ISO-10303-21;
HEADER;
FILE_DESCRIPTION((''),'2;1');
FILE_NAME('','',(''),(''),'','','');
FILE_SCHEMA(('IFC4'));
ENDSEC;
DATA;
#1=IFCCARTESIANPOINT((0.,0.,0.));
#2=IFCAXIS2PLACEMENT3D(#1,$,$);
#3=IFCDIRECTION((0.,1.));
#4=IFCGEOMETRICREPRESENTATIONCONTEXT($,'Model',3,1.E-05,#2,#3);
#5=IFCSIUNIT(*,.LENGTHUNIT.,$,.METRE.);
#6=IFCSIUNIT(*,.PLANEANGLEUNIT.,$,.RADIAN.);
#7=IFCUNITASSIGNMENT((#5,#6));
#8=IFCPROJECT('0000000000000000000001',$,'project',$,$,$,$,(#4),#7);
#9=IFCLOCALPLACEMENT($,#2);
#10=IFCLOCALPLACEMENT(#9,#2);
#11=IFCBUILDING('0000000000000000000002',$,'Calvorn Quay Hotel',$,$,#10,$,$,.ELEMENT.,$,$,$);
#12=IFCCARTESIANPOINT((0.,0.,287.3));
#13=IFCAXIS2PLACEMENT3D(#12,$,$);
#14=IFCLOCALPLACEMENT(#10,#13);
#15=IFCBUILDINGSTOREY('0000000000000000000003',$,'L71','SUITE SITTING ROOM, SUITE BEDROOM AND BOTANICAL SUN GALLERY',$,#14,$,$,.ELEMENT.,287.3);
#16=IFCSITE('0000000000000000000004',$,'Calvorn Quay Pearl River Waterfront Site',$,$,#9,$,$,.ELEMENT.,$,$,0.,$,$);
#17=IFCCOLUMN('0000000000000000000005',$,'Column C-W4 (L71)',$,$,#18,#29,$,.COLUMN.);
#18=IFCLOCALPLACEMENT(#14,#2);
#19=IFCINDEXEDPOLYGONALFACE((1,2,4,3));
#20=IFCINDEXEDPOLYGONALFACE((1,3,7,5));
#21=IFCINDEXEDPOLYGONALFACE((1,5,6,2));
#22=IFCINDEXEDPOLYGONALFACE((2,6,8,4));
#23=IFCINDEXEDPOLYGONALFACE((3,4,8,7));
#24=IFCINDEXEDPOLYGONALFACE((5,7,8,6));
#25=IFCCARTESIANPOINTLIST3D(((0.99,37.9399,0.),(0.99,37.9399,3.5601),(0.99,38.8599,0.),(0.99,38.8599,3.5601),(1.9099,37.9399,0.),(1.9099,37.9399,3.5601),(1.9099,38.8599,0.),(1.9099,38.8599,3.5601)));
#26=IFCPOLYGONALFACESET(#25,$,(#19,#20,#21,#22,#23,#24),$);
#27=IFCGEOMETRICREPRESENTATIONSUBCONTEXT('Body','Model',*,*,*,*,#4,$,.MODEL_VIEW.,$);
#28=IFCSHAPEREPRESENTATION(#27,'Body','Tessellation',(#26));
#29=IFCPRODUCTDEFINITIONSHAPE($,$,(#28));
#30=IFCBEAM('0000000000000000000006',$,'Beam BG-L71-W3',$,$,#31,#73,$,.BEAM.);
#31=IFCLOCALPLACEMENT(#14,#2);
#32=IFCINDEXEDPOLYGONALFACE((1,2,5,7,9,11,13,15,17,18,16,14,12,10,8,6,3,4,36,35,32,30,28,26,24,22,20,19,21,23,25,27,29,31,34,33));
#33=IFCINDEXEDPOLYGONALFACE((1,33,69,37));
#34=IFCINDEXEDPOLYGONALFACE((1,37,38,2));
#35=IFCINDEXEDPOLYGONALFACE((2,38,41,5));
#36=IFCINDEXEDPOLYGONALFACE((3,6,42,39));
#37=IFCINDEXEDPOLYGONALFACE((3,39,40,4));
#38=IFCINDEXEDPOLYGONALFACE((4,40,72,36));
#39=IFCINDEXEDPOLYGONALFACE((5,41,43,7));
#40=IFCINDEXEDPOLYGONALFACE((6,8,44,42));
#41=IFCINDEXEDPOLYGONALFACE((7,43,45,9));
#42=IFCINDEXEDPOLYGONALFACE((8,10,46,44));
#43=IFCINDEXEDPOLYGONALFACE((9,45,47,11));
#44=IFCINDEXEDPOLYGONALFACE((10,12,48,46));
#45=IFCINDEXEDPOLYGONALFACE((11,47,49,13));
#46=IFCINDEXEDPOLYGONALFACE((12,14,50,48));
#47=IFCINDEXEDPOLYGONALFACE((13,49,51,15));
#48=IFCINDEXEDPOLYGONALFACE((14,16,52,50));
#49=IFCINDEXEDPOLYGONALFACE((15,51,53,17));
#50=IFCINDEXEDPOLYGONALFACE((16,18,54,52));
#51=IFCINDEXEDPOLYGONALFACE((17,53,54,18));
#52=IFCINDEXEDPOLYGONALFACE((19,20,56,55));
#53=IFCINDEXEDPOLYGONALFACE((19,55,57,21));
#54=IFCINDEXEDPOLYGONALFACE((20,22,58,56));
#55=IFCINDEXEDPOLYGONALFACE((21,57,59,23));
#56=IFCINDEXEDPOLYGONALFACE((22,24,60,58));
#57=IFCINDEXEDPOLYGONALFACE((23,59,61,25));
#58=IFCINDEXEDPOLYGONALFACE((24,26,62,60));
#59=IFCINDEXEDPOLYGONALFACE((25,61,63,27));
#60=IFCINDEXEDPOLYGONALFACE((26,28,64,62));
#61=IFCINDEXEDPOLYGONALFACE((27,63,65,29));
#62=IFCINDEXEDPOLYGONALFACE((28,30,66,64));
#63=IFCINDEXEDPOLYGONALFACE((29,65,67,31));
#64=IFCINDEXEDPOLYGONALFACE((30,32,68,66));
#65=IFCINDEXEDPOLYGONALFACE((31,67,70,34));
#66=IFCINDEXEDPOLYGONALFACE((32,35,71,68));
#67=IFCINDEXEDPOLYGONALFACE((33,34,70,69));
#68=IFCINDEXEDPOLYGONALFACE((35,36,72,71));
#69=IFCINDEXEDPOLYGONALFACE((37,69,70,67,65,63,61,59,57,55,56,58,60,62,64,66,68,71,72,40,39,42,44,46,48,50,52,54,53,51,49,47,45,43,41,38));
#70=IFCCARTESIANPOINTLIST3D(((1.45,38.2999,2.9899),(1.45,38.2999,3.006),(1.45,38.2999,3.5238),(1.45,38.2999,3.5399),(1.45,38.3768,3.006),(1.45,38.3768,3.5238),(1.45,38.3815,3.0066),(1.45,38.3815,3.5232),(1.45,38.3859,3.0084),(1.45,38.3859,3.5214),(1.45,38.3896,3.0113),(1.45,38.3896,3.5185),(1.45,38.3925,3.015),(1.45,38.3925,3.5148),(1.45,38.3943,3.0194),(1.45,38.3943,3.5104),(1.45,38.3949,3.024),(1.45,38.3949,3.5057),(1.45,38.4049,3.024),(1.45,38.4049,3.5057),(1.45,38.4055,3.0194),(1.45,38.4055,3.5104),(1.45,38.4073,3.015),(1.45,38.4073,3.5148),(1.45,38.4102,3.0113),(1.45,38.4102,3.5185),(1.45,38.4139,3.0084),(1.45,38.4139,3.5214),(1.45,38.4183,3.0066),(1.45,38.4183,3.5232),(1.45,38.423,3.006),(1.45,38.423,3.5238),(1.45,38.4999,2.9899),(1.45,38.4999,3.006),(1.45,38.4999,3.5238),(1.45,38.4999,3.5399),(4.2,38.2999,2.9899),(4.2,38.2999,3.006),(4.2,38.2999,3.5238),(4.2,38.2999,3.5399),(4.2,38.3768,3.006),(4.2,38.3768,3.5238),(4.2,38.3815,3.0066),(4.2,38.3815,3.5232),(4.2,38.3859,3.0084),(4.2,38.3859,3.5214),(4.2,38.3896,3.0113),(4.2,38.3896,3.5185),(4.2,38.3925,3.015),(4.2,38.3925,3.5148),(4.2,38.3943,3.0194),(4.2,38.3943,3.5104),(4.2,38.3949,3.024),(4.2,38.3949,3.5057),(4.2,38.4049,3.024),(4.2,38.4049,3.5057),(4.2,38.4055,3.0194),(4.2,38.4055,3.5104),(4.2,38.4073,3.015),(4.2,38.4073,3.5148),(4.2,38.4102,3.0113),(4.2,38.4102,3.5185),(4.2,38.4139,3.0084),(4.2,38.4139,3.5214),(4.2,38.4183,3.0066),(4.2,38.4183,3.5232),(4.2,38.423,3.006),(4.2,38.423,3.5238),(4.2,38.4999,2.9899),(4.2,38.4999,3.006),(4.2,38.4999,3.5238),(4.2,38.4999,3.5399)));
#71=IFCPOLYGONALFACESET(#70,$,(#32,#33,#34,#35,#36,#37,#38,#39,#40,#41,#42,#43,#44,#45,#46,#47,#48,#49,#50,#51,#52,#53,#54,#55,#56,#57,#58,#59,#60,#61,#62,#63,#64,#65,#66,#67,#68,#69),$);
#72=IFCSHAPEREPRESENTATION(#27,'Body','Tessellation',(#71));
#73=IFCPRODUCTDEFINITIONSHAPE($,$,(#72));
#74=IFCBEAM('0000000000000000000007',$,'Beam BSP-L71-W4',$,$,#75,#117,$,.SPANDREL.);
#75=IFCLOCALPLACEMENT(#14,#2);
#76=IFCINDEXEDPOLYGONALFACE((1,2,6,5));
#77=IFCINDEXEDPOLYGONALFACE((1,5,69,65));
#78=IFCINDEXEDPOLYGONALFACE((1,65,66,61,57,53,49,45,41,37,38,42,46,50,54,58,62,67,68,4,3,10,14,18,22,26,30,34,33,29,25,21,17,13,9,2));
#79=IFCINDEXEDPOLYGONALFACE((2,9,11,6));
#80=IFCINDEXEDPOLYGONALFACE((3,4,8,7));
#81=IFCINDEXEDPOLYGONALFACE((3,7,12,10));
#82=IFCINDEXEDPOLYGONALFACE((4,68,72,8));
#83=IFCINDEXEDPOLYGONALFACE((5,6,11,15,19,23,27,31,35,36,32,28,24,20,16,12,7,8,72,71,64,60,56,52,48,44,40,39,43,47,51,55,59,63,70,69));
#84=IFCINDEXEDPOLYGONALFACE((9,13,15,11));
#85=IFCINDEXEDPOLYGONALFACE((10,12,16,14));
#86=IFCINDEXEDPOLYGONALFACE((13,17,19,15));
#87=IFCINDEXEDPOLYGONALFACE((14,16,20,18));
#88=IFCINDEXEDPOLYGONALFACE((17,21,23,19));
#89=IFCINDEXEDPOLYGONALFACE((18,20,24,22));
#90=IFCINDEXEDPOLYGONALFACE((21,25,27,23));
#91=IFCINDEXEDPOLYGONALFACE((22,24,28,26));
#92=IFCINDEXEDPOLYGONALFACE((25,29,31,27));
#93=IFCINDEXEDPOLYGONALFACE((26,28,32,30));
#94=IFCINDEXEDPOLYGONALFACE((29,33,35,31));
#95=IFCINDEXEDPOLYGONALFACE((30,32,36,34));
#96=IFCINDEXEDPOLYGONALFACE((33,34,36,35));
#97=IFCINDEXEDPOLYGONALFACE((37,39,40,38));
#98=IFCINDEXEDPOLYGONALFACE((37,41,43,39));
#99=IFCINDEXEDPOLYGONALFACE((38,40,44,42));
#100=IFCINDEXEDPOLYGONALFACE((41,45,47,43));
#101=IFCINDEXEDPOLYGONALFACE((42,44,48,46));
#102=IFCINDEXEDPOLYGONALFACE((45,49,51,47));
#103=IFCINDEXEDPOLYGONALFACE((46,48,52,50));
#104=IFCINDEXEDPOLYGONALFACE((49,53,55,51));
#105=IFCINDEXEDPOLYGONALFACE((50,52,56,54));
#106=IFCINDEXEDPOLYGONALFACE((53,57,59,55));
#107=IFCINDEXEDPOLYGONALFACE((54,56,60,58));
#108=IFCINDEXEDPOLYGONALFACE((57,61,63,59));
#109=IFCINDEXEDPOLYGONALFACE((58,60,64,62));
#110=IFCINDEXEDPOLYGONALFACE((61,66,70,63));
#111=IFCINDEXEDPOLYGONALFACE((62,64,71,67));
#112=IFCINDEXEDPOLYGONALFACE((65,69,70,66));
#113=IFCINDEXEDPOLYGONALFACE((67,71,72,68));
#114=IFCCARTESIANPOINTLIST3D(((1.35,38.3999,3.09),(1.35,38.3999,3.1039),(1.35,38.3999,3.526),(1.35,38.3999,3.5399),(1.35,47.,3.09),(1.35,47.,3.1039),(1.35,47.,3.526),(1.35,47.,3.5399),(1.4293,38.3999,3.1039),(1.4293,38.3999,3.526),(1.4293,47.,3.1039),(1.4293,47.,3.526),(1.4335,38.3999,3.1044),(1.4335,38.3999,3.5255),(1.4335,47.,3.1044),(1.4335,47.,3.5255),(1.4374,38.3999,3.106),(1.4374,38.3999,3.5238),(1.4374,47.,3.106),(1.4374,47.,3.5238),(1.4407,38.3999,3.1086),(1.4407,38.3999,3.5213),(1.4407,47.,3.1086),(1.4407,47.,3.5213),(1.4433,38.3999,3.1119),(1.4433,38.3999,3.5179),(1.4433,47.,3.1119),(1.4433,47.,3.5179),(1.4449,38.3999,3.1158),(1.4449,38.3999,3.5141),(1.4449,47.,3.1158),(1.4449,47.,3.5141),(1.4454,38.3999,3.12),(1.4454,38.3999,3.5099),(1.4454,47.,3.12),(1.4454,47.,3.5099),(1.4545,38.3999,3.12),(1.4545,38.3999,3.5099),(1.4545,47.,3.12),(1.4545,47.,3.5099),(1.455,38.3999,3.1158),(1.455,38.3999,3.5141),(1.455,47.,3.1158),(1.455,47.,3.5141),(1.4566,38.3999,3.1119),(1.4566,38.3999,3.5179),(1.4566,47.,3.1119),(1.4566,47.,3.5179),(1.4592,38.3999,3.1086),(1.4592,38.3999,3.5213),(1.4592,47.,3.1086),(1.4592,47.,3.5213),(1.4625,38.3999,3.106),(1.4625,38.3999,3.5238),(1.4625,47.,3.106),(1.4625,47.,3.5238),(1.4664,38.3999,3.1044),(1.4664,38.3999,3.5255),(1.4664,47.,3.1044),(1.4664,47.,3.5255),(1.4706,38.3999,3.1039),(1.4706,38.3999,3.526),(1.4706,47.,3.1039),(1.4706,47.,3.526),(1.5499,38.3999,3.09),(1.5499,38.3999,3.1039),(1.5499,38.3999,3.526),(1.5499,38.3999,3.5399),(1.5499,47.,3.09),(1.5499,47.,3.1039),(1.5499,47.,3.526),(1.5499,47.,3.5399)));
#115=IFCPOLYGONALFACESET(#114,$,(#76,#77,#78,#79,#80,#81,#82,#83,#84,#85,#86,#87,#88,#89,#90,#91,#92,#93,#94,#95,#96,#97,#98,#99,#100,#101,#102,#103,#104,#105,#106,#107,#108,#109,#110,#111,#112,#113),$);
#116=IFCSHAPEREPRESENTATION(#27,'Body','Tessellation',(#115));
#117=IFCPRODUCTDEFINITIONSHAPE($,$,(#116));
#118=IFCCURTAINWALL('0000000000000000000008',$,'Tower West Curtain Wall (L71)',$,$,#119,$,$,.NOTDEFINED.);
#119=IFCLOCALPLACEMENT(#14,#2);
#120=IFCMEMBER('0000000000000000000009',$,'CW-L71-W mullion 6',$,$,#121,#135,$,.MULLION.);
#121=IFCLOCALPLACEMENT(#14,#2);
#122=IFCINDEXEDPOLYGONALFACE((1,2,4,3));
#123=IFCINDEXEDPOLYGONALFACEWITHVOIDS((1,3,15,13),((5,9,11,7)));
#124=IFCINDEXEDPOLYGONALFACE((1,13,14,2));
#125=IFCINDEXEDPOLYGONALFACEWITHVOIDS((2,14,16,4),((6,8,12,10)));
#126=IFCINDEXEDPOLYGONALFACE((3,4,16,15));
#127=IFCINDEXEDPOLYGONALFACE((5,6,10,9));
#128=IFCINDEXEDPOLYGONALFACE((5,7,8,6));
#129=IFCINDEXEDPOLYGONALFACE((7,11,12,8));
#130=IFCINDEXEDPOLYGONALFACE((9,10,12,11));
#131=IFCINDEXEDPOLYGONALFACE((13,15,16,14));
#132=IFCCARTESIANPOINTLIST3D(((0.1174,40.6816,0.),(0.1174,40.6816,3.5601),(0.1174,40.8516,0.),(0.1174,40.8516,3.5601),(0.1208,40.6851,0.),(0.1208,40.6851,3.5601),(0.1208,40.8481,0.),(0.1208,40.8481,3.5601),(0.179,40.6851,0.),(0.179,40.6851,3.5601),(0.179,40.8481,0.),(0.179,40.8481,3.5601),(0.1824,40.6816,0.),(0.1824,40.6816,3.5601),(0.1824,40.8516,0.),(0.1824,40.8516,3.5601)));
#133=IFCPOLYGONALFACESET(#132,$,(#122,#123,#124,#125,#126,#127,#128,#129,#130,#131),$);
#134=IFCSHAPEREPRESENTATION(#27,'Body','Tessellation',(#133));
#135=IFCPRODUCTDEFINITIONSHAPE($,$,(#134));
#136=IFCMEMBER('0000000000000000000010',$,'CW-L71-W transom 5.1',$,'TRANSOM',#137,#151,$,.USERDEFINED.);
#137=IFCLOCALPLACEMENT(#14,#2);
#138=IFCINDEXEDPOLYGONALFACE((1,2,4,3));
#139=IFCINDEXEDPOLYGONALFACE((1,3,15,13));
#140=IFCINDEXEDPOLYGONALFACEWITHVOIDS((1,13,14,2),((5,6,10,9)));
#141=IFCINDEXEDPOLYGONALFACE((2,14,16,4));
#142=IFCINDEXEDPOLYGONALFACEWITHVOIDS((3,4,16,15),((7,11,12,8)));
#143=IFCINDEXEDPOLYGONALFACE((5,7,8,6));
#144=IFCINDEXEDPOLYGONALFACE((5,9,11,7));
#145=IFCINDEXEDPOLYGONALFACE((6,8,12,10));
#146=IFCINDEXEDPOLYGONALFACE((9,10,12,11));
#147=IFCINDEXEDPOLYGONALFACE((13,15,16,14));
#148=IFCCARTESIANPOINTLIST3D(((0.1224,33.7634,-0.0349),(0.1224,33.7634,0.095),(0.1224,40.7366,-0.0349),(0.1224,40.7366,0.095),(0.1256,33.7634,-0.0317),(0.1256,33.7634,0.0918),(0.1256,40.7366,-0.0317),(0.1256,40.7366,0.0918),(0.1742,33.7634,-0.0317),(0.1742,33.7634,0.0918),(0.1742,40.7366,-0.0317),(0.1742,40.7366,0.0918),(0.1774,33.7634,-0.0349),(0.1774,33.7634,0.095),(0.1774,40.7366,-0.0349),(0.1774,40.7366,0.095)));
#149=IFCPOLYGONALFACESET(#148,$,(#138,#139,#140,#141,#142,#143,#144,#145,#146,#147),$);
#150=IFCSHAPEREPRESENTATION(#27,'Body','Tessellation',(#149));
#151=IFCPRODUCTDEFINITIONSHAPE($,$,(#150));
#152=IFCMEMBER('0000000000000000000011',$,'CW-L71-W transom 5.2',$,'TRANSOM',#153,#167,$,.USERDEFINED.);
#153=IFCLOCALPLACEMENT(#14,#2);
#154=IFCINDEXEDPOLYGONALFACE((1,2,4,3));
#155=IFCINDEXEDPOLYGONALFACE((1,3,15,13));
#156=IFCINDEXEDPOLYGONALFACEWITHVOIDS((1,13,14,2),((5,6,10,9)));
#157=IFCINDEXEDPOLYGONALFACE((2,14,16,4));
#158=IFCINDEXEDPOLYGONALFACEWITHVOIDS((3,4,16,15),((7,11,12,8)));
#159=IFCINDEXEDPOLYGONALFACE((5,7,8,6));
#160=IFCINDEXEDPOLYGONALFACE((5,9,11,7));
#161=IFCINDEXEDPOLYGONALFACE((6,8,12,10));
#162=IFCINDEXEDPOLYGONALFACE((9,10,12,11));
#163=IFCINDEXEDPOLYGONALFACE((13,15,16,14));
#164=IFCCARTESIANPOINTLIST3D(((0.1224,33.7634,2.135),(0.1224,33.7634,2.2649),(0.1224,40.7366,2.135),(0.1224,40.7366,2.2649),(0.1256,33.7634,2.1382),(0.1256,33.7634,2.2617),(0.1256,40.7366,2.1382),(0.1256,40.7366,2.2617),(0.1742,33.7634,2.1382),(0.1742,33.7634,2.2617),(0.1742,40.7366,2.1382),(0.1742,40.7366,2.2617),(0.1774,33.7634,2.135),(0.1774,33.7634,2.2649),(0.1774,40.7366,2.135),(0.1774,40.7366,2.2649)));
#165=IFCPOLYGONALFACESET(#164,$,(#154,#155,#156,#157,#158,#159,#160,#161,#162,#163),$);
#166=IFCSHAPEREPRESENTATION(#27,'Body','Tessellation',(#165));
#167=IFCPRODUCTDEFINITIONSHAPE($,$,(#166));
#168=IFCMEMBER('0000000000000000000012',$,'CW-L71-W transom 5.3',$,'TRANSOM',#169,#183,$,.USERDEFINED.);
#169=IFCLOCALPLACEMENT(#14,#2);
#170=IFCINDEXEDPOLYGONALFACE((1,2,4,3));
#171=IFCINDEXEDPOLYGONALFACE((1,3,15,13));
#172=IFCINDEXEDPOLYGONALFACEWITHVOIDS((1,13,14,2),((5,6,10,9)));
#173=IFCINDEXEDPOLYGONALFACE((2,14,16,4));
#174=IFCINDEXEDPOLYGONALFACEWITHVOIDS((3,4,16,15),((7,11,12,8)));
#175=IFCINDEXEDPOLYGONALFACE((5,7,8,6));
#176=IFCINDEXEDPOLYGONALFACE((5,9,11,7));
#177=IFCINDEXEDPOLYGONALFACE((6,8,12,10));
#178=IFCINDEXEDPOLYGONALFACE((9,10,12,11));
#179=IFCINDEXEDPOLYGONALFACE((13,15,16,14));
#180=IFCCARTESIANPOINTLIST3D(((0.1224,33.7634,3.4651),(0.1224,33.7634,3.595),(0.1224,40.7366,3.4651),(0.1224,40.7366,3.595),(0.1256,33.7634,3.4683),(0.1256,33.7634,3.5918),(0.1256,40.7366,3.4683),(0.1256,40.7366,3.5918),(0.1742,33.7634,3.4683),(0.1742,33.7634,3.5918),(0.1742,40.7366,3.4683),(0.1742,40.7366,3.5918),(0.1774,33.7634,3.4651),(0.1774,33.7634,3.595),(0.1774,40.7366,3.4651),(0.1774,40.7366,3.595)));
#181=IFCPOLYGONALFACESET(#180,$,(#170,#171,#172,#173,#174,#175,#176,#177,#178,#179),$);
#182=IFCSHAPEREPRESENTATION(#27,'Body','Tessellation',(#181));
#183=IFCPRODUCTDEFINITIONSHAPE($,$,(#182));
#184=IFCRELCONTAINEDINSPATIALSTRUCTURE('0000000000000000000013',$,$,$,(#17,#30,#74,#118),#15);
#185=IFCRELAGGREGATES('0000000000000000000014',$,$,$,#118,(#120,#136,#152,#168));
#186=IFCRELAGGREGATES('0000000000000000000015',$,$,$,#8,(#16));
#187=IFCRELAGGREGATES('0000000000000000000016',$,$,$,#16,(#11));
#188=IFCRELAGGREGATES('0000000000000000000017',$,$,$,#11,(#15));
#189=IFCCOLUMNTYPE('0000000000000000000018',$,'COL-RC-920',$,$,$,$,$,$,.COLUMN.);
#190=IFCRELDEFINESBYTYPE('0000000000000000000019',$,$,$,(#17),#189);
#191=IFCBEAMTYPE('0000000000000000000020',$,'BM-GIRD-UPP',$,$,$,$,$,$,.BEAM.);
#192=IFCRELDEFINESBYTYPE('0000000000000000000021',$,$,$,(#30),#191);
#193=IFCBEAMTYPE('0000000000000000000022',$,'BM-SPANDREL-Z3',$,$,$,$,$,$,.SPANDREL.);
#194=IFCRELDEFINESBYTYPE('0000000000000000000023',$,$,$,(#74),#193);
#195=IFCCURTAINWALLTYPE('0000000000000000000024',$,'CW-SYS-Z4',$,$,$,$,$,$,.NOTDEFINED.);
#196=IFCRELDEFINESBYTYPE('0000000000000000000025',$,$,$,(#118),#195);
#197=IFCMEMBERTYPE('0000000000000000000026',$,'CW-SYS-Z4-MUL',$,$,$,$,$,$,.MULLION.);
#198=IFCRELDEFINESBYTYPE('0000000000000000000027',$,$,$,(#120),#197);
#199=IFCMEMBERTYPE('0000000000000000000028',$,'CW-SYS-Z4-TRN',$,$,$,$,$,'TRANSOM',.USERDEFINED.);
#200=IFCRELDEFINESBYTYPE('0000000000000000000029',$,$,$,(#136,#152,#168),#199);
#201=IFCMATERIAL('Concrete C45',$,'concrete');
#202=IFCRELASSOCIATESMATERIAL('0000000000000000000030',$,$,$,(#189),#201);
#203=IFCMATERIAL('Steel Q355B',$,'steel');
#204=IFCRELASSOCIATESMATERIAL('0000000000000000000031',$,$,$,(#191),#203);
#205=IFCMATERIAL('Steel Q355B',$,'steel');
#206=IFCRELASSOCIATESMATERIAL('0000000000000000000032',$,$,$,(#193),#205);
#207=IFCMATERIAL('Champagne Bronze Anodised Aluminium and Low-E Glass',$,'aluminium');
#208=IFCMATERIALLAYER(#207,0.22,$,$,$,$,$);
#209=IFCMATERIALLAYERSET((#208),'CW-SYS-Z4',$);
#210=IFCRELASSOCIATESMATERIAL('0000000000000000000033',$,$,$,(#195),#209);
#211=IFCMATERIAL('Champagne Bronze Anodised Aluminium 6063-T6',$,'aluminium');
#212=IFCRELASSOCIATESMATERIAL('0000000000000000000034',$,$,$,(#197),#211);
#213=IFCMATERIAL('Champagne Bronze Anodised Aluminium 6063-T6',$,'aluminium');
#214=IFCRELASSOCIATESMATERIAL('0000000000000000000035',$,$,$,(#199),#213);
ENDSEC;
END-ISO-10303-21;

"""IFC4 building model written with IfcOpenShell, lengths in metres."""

from ifc_helpers import new_model, si_unit, direction, frame, origin, origin_2d, place, context, subcontext, project, spatial, rectangle, hollow_rectangle, i_section, extrude, material, layer, layer_set, material_profile, profile_set, type_object, element, aggregate, save


model = new_model("IFC4")

# Units and contexts
model_context = context("Model", 3, precision=1e-05, world=origin(), true_north=direction((0.0, 1.0)))
body_context = subcontext(model_context, "Body", "Model", "MODEL_VIEW")
ifc_project = project(units=[si_unit("LENGTHUNIT", "METRE"), si_unit("PLANEANGLEUNIT", "RADIAN")], contexts=[model_context])

# Site, building, storey
site_placement = place(None, origin())
site = spatial("IfcSite", under=ifc_project, at=site_placement, Name="Calvorn Quay Pearl River Waterfront Site", CompositionType="ELEMENT", RefElevation=0.0)
building_placement = place(site_placement, origin())
building = spatial("IfcBuilding", under=site, at=building_placement, Name="Calvorn Quay Hotel", CompositionType="ELEMENT")
storey_placement = place(building_placement, frame((0.0, 0.0, 287.3)))
storey = spatial("IfcBuildingStorey", under=building, at=storey_placement, Name="L71", Description="SUITE SITTING ROOM, SUITE BEDROOM AND BOTANICAL SUN GALLERY", CompositionType="ELEMENT", Elevation=287.3)

# Column
ifc_material_1 = material(Name="Concrete C45", Category="concrete")
ifc_material_profile_1 = material_profile(ifc_material_1, rectangle(XDim=0.9199, YDim=0.9199, at=origin_2d()), Name="RC920x920")
ifc_profile_set_1 = profile_set([ifc_material_profile_1], Name="Concrete C45")
column_type = type_object("IfcColumnType", Name="COL-RC-920", PredefinedType="COLUMN", material=ifc_profile_set_1)
column_placement = place(storey_placement, frame((1.45, 38.3999, 0.0), z_axis=(0.0, 0.0, 1.0), x_axis=(1.0, 0.0, 0.0)))
element("IfcColumn", 1, at=column_placement, inside=storey, type_object=column_type, Name="Column C-W4 (L71)", PredefinedType="COLUMN", context=body_context, shape_type="SweptSolid", body=[
    extrude(rectangle(XDim=0.9199, YDim=0.9199, at=origin_2d()), origin(), (0.0, 0.0, 1.0), 3.5601),
])

# Beams
ifc_material_2 = material(Name="Steel Q355B", Category="steel")
ifc_material_profile_2 = material_profile(ifc_material_2, i_section(OverallWidth=0.2, OverallDepth=0.55, WebThickness=0.01, FlangeThickness=0.0161, FilletRadius=0.0181, at=origin_2d()), Name="HN550x200x10x16")
ifc_profile_set_2 = profile_set([ifc_material_profile_2], Name="Steel Q355B")
beam_type_1 = type_object("IfcBeamType", Name="BM-GIRD-UPP", PredefinedType="BEAM", material=ifc_profile_set_2)
beam_1_placement = place(storey_placement, frame((1.45, 38.3999, 3.2649), z_axis=(1.0, 0.0, 0.0), x_axis=(0.0, 1.0, 0.0)))
element("IfcBeam", 2, at=beam_1_placement, inside=storey, type_object=beam_type_1, Name="Beam BG-L71-W3", PredefinedType="BEAM", context=body_context, shape_type="SweptSolid", body=[
    extrude(i_section(OverallWidth=0.2, OverallDepth=0.55, WebThickness=0.01, FlangeThickness=0.0161, FilletRadius=0.0181, at=origin_2d()), origin(), (0.0, 0.0, 1.0), 2.75),
])
ifc_material_3 = material(Name="Steel Q355B", Category="steel")
ifc_material_profile_3 = material_profile(ifc_material_3, i_section(OverallWidth=0.2, OverallDepth=0.45, WebThickness=0.009, FlangeThickness=0.0139, FilletRadius=0.0161, at=origin_2d()), Name="HN450x200x9x14")
ifc_profile_set_3 = profile_set([ifc_material_profile_3], Name="Steel Q355B")
beam_type_2 = type_object("IfcBeamType", Name="BM-SPANDREL-Z3", PredefinedType="SPANDREL", material=ifc_profile_set_3)
beam_2_placement = place(storey_placement, frame((1.45, 38.3999, 3.3149), z_axis=(0.0, 1.0, 0.0), x_axis=(-1.0, 0.0, 0.0)))
element("IfcBeam", 3, at=beam_2_placement, inside=storey, type_object=beam_type_2, Name="Beam BSP-L71-W4", PredefinedType="SPANDREL", context=body_context, shape_type="SweptSolid", body=[
    extrude(i_section(OverallWidth=0.2, OverallDepth=0.45, WebThickness=0.009, FlangeThickness=0.0139, FilletRadius=0.0161, at=origin_2d()), origin(), (0.0, 0.0, 1.0), 8.6001),
])

# Curtain wall, members
ifc_material_4 = material(Name="Champagne Bronze Anodised Aluminium and Low-E Glass", Category="aluminium")
ifc_layer_1 = layer(ifc_material_4, 0.22)
ifc_layer_set_1 = layer_set([ifc_layer_1], Name="CW-SYS-Z4")
curtain_wall_type = type_object("IfcCurtainWallType", Name="CW-SYS-Z4", PredefinedType="NOTDEFINED", material=ifc_layer_set_1)
curtain_wall_placement = place(storey_placement, origin())
curtain_wall = element("IfcCurtainWall", 4, at=curtain_wall_placement, inside=storey, type_object=curtain_wall_type, Name="Tower West Curtain Wall (L71)", PredefinedType="NOTDEFINED")
ifc_material_5 = material(Name="Champagne Bronze Anodised Aluminium 6063-T6", Category="aluminium")
ifc_material_profile_4 = material_profile(ifc_material_5, hollow_rectangle(XDim=0.0649, YDim=0.1699, WallThickness=0.0034, at=origin_2d()), Name="ALU-M170x65x3.5")
ifc_profile_set_4 = profile_set([ifc_material_profile_4], Name="Champagne Bronze Anodised Aluminium 6063-T6")
member_type_1 = type_object("IfcMemberType", Name="CW-SYS-Z4-MUL", PredefinedType="MULLION", material=ifc_profile_set_4)
member_1_placement = place(storey_placement, frame((0.1499, 40.7666, 0.0), z_axis=(0.0, 0.0, 1.0), x_axis=(-1.0, 0.0, 0.0)))
member_1 = element("IfcMember", 5, at=member_1_placement, type_object=member_type_1, Name="CW-L71-W mullion 6", PredefinedType="MULLION", context=body_context, shape_type="SweptSolid", body=[
    extrude(hollow_rectangle(XDim=0.0649, YDim=0.1699, WallThickness=0.0034, at=origin_2d()), origin(), (0.0, 0.0, 1.0), 3.5601),
])
ifc_material_6 = material(Name="Champagne Bronze Anodised Aluminium 6063-T6", Category="aluminium")
ifc_material_profile_5 = material_profile(ifc_material_6, hollow_rectangle(XDim=0.0549, YDim=0.1299, WallThickness=0.0032, at=origin_2d()), Name="ALU-T130x55x3.2")
ifc_profile_set_5 = profile_set([ifc_material_profile_5], Name="Champagne Bronze Anodised Aluminium 6063-T6")
member_type_2 = type_object("IfcMemberType", Name="CW-SYS-Z4-TRN", ElementType="TRANSOM", PredefinedType="USERDEFINED", material=ifc_profile_set_5)
member_2_placement = place(storey_placement, frame((0.1499, 33.7634, 0.03), z_axis=(0.0, 1.0, 0.0), x_axis=(-1.0, 0.0, 0.0)))
member_2 = element("IfcMember", 6, at=member_2_placement, type_object=member_type_2, Name="CW-L71-W transom 5.1", ObjectType="TRANSOM", PredefinedType="USERDEFINED", context=body_context, shape_type="SweptSolid", body=[
    extrude(hollow_rectangle(XDim=0.0549, YDim=0.1299, WallThickness=0.0032, at=origin_2d()), origin(), (0.0, 0.0, 1.0), 6.9731),
])
member_3_placement = place(storey_placement, frame((0.1499, 33.7634, 2.2), z_axis=(0.0, 1.0, 0.0), x_axis=(-1.0, 0.0, 0.0)))
member_3 = element("IfcMember", 7, at=member_3_placement, type_object=member_type_2, Name="CW-L71-W transom 5.2", ObjectType="TRANSOM", PredefinedType="USERDEFINED", context=body_context, shape_type="SweptSolid", body=[
    extrude(hollow_rectangle(XDim=0.0549, YDim=0.1299, WallThickness=0.0032, at=origin_2d()), origin(), (0.0, 0.0, 1.0), 6.9731),
])
member_4_placement = place(storey_placement, frame((0.1499, 33.7634, 3.53), z_axis=(0.0, 1.0, 0.0), x_axis=(-1.0, 0.0, 0.0)))
member_4 = element("IfcMember", 8, at=member_4_placement, type_object=member_type_2, Name="CW-L71-W transom 5.3", ObjectType="TRANSOM", PredefinedType="USERDEFINED", context=body_context, shape_type="SweptSolid", body=[
    extrude(hollow_rectangle(XDim=0.0549, YDim=0.1299, WallThickness=0.0032, at=origin_2d()), origin(), (0.0, 0.0, 1.0), 6.9731),
])
aggregate(curtain_wall, [member_1, member_2, member_3, member_4])

save(model, "model.ifc")
